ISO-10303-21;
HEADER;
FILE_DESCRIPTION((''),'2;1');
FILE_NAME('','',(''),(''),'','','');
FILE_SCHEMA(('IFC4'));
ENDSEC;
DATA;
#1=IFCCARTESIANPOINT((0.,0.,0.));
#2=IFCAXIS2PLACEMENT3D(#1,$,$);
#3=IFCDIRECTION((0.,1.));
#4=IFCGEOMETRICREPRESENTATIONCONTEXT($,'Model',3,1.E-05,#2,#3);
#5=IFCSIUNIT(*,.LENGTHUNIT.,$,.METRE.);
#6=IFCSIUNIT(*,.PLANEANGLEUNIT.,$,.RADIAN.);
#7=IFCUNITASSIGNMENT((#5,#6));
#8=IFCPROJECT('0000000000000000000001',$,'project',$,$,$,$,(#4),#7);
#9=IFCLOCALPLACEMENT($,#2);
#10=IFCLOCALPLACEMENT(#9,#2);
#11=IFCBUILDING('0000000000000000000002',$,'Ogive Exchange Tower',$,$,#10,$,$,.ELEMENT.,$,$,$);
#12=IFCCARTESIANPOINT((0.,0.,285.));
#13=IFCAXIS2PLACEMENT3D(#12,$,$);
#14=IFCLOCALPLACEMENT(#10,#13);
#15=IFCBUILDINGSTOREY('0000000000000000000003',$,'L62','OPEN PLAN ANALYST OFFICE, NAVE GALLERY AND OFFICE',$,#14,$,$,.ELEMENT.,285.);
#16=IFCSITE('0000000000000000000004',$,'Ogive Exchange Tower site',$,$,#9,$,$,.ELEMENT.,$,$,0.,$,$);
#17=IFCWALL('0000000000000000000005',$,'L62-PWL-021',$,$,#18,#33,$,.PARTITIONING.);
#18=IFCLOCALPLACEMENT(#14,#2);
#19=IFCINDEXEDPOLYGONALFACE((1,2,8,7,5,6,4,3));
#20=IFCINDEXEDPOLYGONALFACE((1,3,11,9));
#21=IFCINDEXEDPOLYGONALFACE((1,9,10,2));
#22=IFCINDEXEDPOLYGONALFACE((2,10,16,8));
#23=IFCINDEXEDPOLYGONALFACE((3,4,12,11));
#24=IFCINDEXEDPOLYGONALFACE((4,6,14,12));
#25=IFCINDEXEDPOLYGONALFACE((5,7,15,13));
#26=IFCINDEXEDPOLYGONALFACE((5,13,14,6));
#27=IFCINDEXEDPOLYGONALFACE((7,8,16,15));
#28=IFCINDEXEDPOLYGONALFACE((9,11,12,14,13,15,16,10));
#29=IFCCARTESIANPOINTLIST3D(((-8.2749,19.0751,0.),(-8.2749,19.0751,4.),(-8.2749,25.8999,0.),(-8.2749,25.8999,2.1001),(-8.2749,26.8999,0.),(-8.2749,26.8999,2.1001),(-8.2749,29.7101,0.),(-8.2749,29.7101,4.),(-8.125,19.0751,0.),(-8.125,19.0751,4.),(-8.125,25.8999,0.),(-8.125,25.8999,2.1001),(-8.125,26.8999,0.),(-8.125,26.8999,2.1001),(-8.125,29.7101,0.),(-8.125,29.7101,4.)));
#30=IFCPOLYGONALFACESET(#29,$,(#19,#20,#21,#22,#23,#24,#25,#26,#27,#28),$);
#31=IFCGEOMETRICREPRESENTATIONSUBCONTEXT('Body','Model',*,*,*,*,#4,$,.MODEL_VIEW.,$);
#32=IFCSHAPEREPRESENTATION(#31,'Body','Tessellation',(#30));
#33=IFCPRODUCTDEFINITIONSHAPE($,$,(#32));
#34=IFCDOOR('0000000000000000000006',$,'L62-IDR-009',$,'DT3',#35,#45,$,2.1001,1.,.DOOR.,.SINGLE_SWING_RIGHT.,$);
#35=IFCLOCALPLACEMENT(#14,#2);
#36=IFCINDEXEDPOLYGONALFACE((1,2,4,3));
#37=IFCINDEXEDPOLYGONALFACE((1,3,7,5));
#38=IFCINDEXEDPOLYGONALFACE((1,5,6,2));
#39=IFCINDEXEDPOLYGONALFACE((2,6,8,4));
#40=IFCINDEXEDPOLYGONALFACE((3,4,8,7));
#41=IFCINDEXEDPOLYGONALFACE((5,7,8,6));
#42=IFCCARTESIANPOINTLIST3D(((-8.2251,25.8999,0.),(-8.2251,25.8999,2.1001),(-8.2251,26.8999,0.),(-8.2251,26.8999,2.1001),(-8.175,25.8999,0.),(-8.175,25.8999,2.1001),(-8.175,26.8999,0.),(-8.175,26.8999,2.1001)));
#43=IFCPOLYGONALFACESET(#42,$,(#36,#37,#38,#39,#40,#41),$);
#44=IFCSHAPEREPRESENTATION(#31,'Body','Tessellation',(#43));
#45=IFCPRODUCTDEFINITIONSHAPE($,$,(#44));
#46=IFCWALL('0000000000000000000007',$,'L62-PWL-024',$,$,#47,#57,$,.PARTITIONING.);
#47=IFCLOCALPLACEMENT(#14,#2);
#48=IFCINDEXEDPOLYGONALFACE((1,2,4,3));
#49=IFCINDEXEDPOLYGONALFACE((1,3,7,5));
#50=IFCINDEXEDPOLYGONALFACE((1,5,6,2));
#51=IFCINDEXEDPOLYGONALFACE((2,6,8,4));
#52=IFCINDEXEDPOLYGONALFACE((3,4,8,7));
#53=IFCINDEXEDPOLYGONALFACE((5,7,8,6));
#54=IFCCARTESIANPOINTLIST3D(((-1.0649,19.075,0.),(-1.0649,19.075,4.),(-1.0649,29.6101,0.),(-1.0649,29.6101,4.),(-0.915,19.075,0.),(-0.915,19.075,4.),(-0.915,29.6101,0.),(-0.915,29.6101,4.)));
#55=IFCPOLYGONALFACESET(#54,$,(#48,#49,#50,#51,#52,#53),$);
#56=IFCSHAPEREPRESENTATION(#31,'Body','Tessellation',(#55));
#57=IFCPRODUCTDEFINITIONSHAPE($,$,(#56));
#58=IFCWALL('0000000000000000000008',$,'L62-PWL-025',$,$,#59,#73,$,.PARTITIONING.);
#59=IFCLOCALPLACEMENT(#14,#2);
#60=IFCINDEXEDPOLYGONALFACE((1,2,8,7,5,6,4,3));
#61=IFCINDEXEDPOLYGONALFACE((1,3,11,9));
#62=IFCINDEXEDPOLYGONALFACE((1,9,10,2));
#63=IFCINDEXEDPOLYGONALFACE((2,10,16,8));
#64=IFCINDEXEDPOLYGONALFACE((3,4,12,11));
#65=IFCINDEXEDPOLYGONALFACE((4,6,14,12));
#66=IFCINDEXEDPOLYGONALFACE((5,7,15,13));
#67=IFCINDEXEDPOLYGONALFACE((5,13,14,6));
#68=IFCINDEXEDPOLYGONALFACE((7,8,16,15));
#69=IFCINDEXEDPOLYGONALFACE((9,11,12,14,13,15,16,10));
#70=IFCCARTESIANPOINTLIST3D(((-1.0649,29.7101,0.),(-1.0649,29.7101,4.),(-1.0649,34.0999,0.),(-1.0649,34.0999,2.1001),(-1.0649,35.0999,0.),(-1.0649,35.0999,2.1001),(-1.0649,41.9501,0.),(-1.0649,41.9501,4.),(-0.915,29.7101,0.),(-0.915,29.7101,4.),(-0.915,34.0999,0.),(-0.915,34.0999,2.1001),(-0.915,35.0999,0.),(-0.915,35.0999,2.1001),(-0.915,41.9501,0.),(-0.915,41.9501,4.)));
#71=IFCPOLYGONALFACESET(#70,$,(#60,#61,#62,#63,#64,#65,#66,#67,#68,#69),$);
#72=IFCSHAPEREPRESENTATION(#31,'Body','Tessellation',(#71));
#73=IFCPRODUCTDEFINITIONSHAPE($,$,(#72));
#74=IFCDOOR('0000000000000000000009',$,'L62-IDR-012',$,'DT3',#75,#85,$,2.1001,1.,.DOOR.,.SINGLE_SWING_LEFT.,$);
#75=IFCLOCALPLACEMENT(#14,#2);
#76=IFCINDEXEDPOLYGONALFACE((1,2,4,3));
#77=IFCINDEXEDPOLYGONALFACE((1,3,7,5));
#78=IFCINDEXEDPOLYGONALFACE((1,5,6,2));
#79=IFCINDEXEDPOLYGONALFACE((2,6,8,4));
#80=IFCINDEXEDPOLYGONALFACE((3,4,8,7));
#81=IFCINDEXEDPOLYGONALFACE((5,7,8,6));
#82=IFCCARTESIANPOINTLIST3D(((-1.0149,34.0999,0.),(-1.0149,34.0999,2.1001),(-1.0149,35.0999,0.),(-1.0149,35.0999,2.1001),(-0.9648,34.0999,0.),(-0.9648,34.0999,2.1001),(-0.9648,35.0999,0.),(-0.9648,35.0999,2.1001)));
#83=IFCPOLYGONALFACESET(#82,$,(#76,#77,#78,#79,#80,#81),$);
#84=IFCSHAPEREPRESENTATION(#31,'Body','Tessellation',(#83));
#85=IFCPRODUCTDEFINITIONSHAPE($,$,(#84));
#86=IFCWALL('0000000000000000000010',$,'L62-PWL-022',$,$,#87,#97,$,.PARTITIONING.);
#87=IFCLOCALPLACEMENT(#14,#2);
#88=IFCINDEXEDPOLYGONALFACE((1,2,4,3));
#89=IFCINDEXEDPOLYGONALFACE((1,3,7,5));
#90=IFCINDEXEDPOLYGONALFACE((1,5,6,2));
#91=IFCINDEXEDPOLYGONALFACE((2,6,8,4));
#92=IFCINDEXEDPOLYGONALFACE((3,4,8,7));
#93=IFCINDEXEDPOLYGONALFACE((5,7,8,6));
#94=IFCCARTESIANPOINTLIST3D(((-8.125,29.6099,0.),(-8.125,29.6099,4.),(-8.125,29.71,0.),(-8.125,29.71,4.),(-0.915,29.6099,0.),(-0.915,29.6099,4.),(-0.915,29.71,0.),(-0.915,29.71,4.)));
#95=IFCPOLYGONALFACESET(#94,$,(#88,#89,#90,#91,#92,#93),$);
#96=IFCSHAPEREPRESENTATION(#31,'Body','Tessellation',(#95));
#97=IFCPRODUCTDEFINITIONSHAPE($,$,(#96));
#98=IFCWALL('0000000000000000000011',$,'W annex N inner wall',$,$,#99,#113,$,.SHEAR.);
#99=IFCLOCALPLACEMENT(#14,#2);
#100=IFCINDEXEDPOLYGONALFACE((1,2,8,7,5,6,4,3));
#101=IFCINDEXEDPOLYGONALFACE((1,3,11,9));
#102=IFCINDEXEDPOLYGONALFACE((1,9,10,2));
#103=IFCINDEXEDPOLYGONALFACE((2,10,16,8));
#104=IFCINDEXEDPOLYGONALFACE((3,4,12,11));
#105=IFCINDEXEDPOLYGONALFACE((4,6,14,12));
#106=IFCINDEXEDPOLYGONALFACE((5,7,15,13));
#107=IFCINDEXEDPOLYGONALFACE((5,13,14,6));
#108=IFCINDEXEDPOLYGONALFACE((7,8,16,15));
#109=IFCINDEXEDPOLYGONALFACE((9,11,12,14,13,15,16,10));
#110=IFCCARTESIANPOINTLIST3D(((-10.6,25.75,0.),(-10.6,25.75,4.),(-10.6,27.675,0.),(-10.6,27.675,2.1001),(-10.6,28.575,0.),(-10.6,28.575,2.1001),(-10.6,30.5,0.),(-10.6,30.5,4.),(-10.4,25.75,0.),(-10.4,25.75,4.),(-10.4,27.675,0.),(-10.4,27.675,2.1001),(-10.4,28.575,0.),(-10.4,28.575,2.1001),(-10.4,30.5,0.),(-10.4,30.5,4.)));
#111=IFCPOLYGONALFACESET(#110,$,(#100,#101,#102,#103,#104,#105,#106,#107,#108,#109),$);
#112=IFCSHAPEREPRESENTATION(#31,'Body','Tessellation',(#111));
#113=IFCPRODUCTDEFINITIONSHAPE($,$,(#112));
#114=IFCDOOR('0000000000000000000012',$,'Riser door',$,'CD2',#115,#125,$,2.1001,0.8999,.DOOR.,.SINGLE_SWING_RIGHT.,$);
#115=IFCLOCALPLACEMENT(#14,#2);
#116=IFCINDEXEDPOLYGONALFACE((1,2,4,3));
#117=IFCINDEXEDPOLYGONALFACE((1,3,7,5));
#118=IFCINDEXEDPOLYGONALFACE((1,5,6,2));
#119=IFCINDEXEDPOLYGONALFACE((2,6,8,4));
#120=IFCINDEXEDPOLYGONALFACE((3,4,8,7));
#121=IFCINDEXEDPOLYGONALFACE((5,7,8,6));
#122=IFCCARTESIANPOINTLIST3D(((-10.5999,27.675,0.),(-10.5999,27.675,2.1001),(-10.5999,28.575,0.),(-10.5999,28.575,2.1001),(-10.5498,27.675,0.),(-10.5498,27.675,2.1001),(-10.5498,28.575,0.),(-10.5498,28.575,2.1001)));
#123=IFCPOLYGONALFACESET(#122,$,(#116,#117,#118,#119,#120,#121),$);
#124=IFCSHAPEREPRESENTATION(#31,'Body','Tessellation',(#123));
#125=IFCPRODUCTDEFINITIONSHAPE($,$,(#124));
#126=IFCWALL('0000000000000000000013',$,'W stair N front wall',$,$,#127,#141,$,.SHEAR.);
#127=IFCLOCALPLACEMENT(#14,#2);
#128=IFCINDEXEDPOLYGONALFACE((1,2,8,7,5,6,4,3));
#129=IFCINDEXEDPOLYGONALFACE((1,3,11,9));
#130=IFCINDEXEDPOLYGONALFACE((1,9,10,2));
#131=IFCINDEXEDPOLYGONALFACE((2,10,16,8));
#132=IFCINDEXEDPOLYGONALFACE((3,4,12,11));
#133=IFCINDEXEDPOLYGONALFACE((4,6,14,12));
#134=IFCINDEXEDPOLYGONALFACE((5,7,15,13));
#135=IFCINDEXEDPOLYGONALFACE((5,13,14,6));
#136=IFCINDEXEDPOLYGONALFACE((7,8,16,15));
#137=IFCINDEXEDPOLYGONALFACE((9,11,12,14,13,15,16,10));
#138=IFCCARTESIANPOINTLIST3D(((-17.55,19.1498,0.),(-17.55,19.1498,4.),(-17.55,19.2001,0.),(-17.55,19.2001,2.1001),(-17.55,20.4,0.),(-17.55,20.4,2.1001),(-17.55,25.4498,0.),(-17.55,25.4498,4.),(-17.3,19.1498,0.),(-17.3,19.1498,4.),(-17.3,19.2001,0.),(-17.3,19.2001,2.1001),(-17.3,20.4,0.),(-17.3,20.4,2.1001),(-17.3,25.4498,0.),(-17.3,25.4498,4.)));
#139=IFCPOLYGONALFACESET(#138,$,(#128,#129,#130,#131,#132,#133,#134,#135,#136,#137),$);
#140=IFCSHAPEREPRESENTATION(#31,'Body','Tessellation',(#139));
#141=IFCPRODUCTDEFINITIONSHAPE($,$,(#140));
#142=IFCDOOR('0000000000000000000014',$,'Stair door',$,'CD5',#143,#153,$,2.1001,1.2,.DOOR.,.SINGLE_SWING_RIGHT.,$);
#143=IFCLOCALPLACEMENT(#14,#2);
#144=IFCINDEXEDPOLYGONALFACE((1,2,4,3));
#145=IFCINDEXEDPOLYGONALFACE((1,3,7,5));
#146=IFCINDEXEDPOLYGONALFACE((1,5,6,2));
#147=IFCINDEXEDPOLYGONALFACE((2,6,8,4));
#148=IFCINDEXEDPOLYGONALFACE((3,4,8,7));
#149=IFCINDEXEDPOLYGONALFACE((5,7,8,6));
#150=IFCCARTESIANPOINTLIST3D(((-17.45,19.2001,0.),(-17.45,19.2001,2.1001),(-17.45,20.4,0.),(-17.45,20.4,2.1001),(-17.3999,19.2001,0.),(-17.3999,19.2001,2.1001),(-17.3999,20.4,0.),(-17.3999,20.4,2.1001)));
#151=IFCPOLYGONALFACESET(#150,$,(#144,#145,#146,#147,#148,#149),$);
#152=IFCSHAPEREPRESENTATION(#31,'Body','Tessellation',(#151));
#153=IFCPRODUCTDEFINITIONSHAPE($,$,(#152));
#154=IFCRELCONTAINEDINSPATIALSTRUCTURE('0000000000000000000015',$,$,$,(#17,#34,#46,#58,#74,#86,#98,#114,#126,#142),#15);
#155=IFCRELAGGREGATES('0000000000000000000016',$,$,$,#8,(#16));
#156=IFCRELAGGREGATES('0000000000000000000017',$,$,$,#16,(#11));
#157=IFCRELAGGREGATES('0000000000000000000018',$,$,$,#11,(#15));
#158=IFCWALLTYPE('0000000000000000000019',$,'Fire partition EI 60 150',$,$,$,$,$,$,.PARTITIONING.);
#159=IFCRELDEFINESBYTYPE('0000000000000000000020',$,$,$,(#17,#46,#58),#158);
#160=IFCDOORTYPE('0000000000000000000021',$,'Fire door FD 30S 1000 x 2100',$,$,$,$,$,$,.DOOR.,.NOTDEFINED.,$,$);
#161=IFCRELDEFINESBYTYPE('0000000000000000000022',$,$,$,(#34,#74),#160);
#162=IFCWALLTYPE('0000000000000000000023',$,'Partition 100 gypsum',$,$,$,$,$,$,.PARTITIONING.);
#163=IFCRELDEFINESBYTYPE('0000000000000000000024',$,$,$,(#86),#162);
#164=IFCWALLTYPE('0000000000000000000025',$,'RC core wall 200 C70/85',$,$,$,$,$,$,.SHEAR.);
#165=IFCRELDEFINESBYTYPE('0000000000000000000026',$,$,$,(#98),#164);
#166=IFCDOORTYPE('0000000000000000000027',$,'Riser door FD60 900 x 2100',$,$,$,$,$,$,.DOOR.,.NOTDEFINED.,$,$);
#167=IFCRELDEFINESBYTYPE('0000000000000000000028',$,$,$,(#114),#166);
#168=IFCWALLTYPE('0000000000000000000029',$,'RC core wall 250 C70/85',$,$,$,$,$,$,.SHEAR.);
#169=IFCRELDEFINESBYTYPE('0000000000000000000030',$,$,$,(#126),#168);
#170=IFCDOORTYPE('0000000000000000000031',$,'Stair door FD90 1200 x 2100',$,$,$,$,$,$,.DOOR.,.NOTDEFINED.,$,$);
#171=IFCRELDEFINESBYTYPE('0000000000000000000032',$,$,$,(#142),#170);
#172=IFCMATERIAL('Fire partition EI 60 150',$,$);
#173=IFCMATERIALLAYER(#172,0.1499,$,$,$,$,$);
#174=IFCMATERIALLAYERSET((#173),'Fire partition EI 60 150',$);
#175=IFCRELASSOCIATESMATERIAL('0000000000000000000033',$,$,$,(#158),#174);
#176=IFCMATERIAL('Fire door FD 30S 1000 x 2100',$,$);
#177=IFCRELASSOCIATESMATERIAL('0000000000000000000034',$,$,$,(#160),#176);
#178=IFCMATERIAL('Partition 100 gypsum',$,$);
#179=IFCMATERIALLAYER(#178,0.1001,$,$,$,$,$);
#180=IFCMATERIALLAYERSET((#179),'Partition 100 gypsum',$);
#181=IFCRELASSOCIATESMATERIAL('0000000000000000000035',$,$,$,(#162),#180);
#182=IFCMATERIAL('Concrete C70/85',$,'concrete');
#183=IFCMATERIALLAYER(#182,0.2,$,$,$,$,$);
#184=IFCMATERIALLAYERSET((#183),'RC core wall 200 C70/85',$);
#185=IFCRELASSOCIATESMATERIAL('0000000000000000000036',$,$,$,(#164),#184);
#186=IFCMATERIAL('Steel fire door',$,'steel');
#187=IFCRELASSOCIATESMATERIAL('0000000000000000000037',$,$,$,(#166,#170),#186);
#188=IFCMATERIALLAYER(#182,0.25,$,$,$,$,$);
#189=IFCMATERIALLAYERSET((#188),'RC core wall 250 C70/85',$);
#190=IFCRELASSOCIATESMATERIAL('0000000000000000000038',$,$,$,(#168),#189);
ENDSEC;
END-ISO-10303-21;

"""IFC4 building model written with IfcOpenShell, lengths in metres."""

from ifc_helpers import new_model, si_unit, direction, frame, frame_2d, origin, place, context, subcontext, project, spatial, rectangle, extrude, material, layer, layer_set, type_object, element, fill, save


model = new_model("IFC4")

# Units and contexts
model_context = context("Model", 3, precision=1e-05, world=origin(), true_north=direction((0.0, 1.0)))
body_context = subcontext(model_context, "Body", "Model", "MODEL_VIEW")
ifc_project = project(units=[si_unit("LENGTHUNIT", "METRE"), si_unit("PLANEANGLEUNIT", "RADIAN")], contexts=[model_context])

# Site, building, storey
site_placement = place(None, origin())
site = spatial("IfcSite", under=ifc_project, at=site_placement, Name="Ogive Exchange Tower site", CompositionType="ELEMENT", RefElevation=0.0)
building_placement = place(site_placement, origin())
building = spatial("IfcBuilding", under=site, at=building_placement, Name="Ogive Exchange Tower", CompositionType="ELEMENT")
storey_placement = place(building_placement, frame((0.0, 0.0, 285.0)))
storey = spatial("IfcBuildingStorey", under=building, at=storey_placement, Name="L62", Description="OPEN PLAN ANALYST OFFICE, NAVE GALLERY AND OFFICE", CompositionType="ELEMENT", Elevation=285.0)

# Shared definitions
ifc_material_1 = material(Name="Fire partition EI 60 150")
ifc_layer_1 = layer(ifc_material_1, 0.1499)
ifc_layer_set_1 = layer_set([ifc_layer_1], Name="Fire partition EI 60 150")
wall_type_1 = type_object("IfcWallType", Name="Fire partition EI 60 150", PredefinedType="PARTITIONING", material=ifc_layer_set_1)

# Wall, opening, door
wall_1_placement = place(storey_placement, frame((-8.2, 29.71, 0.0), z_axis=(0.0, 0.0, 1.0), x_axis=(0.0, -1.0, 0.0)))
wall_1 = element("IfcWall", 1, at=wall_1_placement, inside=storey, type_object=wall_type_1, Name="L62-PWL-021", PredefinedType="PARTITIONING", context=body_context, shape_type="SweptSolid", body=[
    extrude(rectangle(XDim=10.635, YDim=0.1499, at=frame_2d((5.3174, 0.0))), origin(), (0.0, 0.0, 1.0), 4.0),
])
opening_1_placement = place(wall_1_placement, frame((2.8101, 0.0, 0.0)))
opening_1 = element("IfcOpeningElement", 2, at=opening_1_placement, cuts=wall_1, PredefinedType="OPENING", context=body_context, shape_type="SweptSolid", body=[
    extrude(rectangle(XDim=1.0, YDim=2.1001, at=frame_2d((0.5, 1.05))), frame((0.0, 0.085, 0.0), z_axis=(0.0, -1.0, 0.0), x_axis=(1.0, 0.0, 0.0)), (0.0, 0.0, 1.0), 0.1699),
])
ifc_material_2 = material(Name="Fire door FD 30S 1000 x 2100")
door_type_1 = type_object("IfcDoorType", Name="Fire door FD 30S 1000 x 2100", OperationType="NOTDEFINED", PredefinedType="DOOR", material=ifc_material_2)
door_1_placement = place(opening_1_placement, origin())
door_1 = element("IfcDoor", 3, at=door_1_placement, inside=storey, type_object=door_type_1, Name="L62-IDR-009", ObjectType="DT3", OperationType="SINGLE_SWING_RIGHT", OverallHeight=2.1001, OverallWidth=1.0, PredefinedType="DOOR", context=body_context, shape_type="SweptSolid", body=[
    extrude(rectangle(XDim=1.0, YDim=2.1001, at=frame_2d((0.5, 1.05))), frame((0.0, 0.0249, 0.0), z_axis=(0.0, -1.0, 0.0), x_axis=(1.0, 0.0, 0.0)), (0.0, 0.0, 1.0), 0.05),
])
fill(opening_1, door_1)

# Wall
wall_2_placement = place(storey_placement, frame((-0.99, 19.075, 0.0), z_axis=(0.0, 0.0, 1.0), x_axis=(0.0, 1.0, 0.0)))
element("IfcWall", 4, at=wall_2_placement, inside=storey, type_object=wall_type_1, Name="L62-PWL-024", PredefinedType="PARTITIONING", context=body_context, shape_type="SweptSolid", body=[
    extrude(rectangle(XDim=10.5352, YDim=0.1499, at=frame_2d((5.2676, 0.0))), origin(), (0.0, 0.0, 1.0), 4.0),
])

# Wall, opening, door
wall_3_placement = place(storey_placement, frame((-0.99, 29.71, 0.0), z_axis=(0.0, 0.0, 1.0), x_axis=(0.0, 1.0, 0.0)))
wall_3 = element("IfcWall", 5, at=wall_3_placement, inside=storey, type_object=wall_type_1, Name="L62-PWL-025", PredefinedType="PARTITIONING", context=body_context, shape_type="SweptSolid", body=[
    extrude(rectangle(XDim=12.24, YDim=0.1499, at=frame_2d((6.1201, 0.0))), origin(), (0.0, 0.0, 1.0), 4.0),
])
opening_2_placement = place(wall_3_placement, frame((4.3899, 0.0, 0.0)))
opening_2 = element("IfcOpeningElement", 6, at=opening_2_placement, cuts=wall_3, PredefinedType="OPENING", context=body_context, shape_type="SweptSolid", body=[
    extrude(rectangle(XDim=1.0, YDim=2.1001, at=frame_2d((0.5, 1.05))), frame((0.0, 0.085, 0.0), z_axis=(0.0, -1.0, 0.0), x_axis=(1.0, 0.0, 0.0)), (0.0, 0.0, 1.0), 0.1699),
])
door_2_placement = place(opening_2_placement, origin())
door_2 = element("IfcDoor", 7, at=door_2_placement, inside=storey, type_object=door_type_1, Name="L62-IDR-012", ObjectType="DT3", OperationType="SINGLE_SWING_LEFT", OverallHeight=2.1001, OverallWidth=1.0, PredefinedType="DOOR", context=body_context, shape_type="SweptSolid", body=[
    extrude(rectangle(XDim=1.0, YDim=2.1001, at=frame_2d((0.5, 1.05))), frame((0.0, 0.0249, 0.0), z_axis=(0.0, -1.0, 0.0), x_axis=(1.0, 0.0, 0.0)), (0.0, 0.0, 1.0), 0.05),
])
fill(opening_2, door_2)

# Wall
ifc_material_3 = material(Name="Partition 100 gypsum")
ifc_layer_2 = layer(ifc_material_3, 0.1001)
ifc_layer_set_2 = layer_set([ifc_layer_2], Name="Partition 100 gypsum")
wall_type_2 = type_object("IfcWallType", Name="Partition 100 gypsum", PredefinedType="PARTITIONING", material=ifc_layer_set_2)
wall_4_placement = place(storey_placement, frame((-8.125, 29.6599, 0.0), z_axis=(0.0, 0.0, 1.0), x_axis=(1.0, 0.0, 0.0)))
element("IfcWall", 8, at=wall_4_placement, inside=storey, type_object=wall_type_2, Name="L62-PWL-022", PredefinedType="PARTITIONING", context=body_context, shape_type="SweptSolid", body=[
    extrude(rectangle(XDim=7.21, YDim=0.1001, at=frame_2d((3.605, 0.0))), origin(), (0.0, 0.0, 1.0), 4.0),
])

# Walls, openings, doors
ifc_material_4 = material(Name="Concrete C70/85", Category="concrete")
ifc_layer_3 = layer(ifc_material_4, 0.2)
ifc_layer_set_3 = layer_set([ifc_layer_3], Name="RC core wall 200 C70/85")
wall_type_3 = type_object("IfcWallType", Name="RC core wall 200 C70/85", PredefinedType="SHEAR", material=ifc_layer_set_3)
wall_5_placement = place(storey_placement, frame((-10.5, 25.75, 0.0), z_axis=(0.0, 0.0, 1.0), x_axis=(0.0, 1.0, 0.0)))
wall_5 = element("IfcWall", 9, at=wall_5_placement, inside=storey, type_object=wall_type_3, Name="W annex N inner wall", PredefinedType="SHEAR", context=body_context, shape_type="SweptSolid", body=[
    extrude(rectangle(XDim=4.75, YDim=0.2, at=frame_2d((2.375, 0.0))), origin(), (0.0, 0.0, 1.0), 4.0),
])
opening_3_placement = place(wall_5_placement, frame((1.925, 0.0, 0.0)))
opening_3 = element("IfcOpeningElement", 10, at=opening_3_placement, cuts=wall_5, PredefinedType="OPENING", context=body_context, shape_type="SweptSolid", body=[
    extrude(rectangle(XDim=0.8999, YDim=2.1001, at=frame_2d((0.45, 1.05))), frame((0.0, 0.1099, 0.0), z_axis=(0.0, -1.0, 0.0), x_axis=(1.0, 0.0, 0.0)), (0.0, 0.0, 1.0), 0.22),
])
ifc_material_5 = material(Name="Steel fire door", Category="steel")
door_type_2 = type_object("IfcDoorType", Name="Riser door FD60 900 x 2100", OperationType="NOTDEFINED", PredefinedType="DOOR", material=ifc_material_5)
door_3_placement = place(opening_3_placement, frame((0.8999, 0.1499, 0.0), z_axis=(0.0, 0.0, 1.0), x_axis=(-1.0, 0.0, 0.0)))
door_3 = element("IfcDoor", 11, at=door_3_placement, inside=storey, type_object=door_type_2, Name="Riser door", ObjectType="CD2", OperationType="SINGLE_SWING_RIGHT", OverallHeight=2.1001, OverallWidth=0.8999, PredefinedType="DOOR", context=body_context, shape_type="SweptSolid", body=[
    extrude(rectangle(XDim=0.8999, YDim=2.1001, at=frame_2d((0.45, 1.05))), frame((0.0, 0.1001, 0.0), z_axis=(0.0, -1.0, 0.0), x_axis=(1.0, 0.0, 0.0)), (0.0, 0.0, 1.0), 0.05),
])
fill(opening_3, door_3)
ifc_layer_4 = layer(ifc_material_4, 0.25)
ifc_layer_set_4 = layer_set([ifc_layer_4], Name="RC core wall 250 C70/85")
wall_type_4 = type_object("IfcWallType", Name="RC core wall 250 C70/85", PredefinedType="SHEAR", material=ifc_layer_set_4)
wall_6_placement = place(storey_placement, frame((-17.425, 19.1499, 0.0), z_axis=(0.0, 0.0, 1.0), x_axis=(0.0, 1.0, 0.0)))
wall_6 = element("IfcWall", 12, at=wall_6_placement, inside=storey, type_object=wall_type_4, Name="W stair N front wall", PredefinedType="SHEAR", context=body_context, shape_type="SweptSolid", body=[
    extrude(rectangle(XDim=6.3, YDim=0.25, at=frame_2d((3.1499, 0.0))), origin(), (0.0, 0.0, 1.0), 4.0),
])
opening_4_placement = place(wall_6_placement, frame((0.05, 0.0, 0.0)))
opening_4 = element("IfcOpeningElement", 13, at=opening_4_placement, cuts=wall_6, PredefinedType="OPENING", context=body_context, shape_type="SweptSolid", body=[
    extrude(rectangle(XDim=1.2, YDim=2.1001, at=frame_2d((0.6001, 1.05))), frame((0.0, 0.135, 0.0), z_axis=(0.0, -1.0, 0.0), x_axis=(1.0, 0.0, 0.0)), (0.0, 0.0, 1.0), 0.27),
])
door_type_3 = type_object("IfcDoorType", Name="Stair door FD90 1200 x 2100", OperationType="NOTDEFINED", PredefinedType="DOOR", material=ifc_material_5)
door_4_placement = place(opening_4_placement, origin())
door_4 = element("IfcDoor", 14, at=door_4_placement, inside=storey, type_object=door_type_3, Name="Stair door", ObjectType="CD5", OperationType="SINGLE_SWING_RIGHT", OverallHeight=2.1001, OverallWidth=1.2, PredefinedType="DOOR", context=body_context, shape_type="SweptSolid", body=[
    extrude(rectangle(XDim=1.2, YDim=2.1001, at=frame_2d((0.6001, 1.05))), frame((0.0, 0.0249, 0.0), z_axis=(0.0, -1.0, 0.0), x_axis=(1.0, 0.0, 0.0)), (0.0, 0.0, 1.0), 0.05),
])
fill(opening_4, door_4)

save(model, "model.ifc")
